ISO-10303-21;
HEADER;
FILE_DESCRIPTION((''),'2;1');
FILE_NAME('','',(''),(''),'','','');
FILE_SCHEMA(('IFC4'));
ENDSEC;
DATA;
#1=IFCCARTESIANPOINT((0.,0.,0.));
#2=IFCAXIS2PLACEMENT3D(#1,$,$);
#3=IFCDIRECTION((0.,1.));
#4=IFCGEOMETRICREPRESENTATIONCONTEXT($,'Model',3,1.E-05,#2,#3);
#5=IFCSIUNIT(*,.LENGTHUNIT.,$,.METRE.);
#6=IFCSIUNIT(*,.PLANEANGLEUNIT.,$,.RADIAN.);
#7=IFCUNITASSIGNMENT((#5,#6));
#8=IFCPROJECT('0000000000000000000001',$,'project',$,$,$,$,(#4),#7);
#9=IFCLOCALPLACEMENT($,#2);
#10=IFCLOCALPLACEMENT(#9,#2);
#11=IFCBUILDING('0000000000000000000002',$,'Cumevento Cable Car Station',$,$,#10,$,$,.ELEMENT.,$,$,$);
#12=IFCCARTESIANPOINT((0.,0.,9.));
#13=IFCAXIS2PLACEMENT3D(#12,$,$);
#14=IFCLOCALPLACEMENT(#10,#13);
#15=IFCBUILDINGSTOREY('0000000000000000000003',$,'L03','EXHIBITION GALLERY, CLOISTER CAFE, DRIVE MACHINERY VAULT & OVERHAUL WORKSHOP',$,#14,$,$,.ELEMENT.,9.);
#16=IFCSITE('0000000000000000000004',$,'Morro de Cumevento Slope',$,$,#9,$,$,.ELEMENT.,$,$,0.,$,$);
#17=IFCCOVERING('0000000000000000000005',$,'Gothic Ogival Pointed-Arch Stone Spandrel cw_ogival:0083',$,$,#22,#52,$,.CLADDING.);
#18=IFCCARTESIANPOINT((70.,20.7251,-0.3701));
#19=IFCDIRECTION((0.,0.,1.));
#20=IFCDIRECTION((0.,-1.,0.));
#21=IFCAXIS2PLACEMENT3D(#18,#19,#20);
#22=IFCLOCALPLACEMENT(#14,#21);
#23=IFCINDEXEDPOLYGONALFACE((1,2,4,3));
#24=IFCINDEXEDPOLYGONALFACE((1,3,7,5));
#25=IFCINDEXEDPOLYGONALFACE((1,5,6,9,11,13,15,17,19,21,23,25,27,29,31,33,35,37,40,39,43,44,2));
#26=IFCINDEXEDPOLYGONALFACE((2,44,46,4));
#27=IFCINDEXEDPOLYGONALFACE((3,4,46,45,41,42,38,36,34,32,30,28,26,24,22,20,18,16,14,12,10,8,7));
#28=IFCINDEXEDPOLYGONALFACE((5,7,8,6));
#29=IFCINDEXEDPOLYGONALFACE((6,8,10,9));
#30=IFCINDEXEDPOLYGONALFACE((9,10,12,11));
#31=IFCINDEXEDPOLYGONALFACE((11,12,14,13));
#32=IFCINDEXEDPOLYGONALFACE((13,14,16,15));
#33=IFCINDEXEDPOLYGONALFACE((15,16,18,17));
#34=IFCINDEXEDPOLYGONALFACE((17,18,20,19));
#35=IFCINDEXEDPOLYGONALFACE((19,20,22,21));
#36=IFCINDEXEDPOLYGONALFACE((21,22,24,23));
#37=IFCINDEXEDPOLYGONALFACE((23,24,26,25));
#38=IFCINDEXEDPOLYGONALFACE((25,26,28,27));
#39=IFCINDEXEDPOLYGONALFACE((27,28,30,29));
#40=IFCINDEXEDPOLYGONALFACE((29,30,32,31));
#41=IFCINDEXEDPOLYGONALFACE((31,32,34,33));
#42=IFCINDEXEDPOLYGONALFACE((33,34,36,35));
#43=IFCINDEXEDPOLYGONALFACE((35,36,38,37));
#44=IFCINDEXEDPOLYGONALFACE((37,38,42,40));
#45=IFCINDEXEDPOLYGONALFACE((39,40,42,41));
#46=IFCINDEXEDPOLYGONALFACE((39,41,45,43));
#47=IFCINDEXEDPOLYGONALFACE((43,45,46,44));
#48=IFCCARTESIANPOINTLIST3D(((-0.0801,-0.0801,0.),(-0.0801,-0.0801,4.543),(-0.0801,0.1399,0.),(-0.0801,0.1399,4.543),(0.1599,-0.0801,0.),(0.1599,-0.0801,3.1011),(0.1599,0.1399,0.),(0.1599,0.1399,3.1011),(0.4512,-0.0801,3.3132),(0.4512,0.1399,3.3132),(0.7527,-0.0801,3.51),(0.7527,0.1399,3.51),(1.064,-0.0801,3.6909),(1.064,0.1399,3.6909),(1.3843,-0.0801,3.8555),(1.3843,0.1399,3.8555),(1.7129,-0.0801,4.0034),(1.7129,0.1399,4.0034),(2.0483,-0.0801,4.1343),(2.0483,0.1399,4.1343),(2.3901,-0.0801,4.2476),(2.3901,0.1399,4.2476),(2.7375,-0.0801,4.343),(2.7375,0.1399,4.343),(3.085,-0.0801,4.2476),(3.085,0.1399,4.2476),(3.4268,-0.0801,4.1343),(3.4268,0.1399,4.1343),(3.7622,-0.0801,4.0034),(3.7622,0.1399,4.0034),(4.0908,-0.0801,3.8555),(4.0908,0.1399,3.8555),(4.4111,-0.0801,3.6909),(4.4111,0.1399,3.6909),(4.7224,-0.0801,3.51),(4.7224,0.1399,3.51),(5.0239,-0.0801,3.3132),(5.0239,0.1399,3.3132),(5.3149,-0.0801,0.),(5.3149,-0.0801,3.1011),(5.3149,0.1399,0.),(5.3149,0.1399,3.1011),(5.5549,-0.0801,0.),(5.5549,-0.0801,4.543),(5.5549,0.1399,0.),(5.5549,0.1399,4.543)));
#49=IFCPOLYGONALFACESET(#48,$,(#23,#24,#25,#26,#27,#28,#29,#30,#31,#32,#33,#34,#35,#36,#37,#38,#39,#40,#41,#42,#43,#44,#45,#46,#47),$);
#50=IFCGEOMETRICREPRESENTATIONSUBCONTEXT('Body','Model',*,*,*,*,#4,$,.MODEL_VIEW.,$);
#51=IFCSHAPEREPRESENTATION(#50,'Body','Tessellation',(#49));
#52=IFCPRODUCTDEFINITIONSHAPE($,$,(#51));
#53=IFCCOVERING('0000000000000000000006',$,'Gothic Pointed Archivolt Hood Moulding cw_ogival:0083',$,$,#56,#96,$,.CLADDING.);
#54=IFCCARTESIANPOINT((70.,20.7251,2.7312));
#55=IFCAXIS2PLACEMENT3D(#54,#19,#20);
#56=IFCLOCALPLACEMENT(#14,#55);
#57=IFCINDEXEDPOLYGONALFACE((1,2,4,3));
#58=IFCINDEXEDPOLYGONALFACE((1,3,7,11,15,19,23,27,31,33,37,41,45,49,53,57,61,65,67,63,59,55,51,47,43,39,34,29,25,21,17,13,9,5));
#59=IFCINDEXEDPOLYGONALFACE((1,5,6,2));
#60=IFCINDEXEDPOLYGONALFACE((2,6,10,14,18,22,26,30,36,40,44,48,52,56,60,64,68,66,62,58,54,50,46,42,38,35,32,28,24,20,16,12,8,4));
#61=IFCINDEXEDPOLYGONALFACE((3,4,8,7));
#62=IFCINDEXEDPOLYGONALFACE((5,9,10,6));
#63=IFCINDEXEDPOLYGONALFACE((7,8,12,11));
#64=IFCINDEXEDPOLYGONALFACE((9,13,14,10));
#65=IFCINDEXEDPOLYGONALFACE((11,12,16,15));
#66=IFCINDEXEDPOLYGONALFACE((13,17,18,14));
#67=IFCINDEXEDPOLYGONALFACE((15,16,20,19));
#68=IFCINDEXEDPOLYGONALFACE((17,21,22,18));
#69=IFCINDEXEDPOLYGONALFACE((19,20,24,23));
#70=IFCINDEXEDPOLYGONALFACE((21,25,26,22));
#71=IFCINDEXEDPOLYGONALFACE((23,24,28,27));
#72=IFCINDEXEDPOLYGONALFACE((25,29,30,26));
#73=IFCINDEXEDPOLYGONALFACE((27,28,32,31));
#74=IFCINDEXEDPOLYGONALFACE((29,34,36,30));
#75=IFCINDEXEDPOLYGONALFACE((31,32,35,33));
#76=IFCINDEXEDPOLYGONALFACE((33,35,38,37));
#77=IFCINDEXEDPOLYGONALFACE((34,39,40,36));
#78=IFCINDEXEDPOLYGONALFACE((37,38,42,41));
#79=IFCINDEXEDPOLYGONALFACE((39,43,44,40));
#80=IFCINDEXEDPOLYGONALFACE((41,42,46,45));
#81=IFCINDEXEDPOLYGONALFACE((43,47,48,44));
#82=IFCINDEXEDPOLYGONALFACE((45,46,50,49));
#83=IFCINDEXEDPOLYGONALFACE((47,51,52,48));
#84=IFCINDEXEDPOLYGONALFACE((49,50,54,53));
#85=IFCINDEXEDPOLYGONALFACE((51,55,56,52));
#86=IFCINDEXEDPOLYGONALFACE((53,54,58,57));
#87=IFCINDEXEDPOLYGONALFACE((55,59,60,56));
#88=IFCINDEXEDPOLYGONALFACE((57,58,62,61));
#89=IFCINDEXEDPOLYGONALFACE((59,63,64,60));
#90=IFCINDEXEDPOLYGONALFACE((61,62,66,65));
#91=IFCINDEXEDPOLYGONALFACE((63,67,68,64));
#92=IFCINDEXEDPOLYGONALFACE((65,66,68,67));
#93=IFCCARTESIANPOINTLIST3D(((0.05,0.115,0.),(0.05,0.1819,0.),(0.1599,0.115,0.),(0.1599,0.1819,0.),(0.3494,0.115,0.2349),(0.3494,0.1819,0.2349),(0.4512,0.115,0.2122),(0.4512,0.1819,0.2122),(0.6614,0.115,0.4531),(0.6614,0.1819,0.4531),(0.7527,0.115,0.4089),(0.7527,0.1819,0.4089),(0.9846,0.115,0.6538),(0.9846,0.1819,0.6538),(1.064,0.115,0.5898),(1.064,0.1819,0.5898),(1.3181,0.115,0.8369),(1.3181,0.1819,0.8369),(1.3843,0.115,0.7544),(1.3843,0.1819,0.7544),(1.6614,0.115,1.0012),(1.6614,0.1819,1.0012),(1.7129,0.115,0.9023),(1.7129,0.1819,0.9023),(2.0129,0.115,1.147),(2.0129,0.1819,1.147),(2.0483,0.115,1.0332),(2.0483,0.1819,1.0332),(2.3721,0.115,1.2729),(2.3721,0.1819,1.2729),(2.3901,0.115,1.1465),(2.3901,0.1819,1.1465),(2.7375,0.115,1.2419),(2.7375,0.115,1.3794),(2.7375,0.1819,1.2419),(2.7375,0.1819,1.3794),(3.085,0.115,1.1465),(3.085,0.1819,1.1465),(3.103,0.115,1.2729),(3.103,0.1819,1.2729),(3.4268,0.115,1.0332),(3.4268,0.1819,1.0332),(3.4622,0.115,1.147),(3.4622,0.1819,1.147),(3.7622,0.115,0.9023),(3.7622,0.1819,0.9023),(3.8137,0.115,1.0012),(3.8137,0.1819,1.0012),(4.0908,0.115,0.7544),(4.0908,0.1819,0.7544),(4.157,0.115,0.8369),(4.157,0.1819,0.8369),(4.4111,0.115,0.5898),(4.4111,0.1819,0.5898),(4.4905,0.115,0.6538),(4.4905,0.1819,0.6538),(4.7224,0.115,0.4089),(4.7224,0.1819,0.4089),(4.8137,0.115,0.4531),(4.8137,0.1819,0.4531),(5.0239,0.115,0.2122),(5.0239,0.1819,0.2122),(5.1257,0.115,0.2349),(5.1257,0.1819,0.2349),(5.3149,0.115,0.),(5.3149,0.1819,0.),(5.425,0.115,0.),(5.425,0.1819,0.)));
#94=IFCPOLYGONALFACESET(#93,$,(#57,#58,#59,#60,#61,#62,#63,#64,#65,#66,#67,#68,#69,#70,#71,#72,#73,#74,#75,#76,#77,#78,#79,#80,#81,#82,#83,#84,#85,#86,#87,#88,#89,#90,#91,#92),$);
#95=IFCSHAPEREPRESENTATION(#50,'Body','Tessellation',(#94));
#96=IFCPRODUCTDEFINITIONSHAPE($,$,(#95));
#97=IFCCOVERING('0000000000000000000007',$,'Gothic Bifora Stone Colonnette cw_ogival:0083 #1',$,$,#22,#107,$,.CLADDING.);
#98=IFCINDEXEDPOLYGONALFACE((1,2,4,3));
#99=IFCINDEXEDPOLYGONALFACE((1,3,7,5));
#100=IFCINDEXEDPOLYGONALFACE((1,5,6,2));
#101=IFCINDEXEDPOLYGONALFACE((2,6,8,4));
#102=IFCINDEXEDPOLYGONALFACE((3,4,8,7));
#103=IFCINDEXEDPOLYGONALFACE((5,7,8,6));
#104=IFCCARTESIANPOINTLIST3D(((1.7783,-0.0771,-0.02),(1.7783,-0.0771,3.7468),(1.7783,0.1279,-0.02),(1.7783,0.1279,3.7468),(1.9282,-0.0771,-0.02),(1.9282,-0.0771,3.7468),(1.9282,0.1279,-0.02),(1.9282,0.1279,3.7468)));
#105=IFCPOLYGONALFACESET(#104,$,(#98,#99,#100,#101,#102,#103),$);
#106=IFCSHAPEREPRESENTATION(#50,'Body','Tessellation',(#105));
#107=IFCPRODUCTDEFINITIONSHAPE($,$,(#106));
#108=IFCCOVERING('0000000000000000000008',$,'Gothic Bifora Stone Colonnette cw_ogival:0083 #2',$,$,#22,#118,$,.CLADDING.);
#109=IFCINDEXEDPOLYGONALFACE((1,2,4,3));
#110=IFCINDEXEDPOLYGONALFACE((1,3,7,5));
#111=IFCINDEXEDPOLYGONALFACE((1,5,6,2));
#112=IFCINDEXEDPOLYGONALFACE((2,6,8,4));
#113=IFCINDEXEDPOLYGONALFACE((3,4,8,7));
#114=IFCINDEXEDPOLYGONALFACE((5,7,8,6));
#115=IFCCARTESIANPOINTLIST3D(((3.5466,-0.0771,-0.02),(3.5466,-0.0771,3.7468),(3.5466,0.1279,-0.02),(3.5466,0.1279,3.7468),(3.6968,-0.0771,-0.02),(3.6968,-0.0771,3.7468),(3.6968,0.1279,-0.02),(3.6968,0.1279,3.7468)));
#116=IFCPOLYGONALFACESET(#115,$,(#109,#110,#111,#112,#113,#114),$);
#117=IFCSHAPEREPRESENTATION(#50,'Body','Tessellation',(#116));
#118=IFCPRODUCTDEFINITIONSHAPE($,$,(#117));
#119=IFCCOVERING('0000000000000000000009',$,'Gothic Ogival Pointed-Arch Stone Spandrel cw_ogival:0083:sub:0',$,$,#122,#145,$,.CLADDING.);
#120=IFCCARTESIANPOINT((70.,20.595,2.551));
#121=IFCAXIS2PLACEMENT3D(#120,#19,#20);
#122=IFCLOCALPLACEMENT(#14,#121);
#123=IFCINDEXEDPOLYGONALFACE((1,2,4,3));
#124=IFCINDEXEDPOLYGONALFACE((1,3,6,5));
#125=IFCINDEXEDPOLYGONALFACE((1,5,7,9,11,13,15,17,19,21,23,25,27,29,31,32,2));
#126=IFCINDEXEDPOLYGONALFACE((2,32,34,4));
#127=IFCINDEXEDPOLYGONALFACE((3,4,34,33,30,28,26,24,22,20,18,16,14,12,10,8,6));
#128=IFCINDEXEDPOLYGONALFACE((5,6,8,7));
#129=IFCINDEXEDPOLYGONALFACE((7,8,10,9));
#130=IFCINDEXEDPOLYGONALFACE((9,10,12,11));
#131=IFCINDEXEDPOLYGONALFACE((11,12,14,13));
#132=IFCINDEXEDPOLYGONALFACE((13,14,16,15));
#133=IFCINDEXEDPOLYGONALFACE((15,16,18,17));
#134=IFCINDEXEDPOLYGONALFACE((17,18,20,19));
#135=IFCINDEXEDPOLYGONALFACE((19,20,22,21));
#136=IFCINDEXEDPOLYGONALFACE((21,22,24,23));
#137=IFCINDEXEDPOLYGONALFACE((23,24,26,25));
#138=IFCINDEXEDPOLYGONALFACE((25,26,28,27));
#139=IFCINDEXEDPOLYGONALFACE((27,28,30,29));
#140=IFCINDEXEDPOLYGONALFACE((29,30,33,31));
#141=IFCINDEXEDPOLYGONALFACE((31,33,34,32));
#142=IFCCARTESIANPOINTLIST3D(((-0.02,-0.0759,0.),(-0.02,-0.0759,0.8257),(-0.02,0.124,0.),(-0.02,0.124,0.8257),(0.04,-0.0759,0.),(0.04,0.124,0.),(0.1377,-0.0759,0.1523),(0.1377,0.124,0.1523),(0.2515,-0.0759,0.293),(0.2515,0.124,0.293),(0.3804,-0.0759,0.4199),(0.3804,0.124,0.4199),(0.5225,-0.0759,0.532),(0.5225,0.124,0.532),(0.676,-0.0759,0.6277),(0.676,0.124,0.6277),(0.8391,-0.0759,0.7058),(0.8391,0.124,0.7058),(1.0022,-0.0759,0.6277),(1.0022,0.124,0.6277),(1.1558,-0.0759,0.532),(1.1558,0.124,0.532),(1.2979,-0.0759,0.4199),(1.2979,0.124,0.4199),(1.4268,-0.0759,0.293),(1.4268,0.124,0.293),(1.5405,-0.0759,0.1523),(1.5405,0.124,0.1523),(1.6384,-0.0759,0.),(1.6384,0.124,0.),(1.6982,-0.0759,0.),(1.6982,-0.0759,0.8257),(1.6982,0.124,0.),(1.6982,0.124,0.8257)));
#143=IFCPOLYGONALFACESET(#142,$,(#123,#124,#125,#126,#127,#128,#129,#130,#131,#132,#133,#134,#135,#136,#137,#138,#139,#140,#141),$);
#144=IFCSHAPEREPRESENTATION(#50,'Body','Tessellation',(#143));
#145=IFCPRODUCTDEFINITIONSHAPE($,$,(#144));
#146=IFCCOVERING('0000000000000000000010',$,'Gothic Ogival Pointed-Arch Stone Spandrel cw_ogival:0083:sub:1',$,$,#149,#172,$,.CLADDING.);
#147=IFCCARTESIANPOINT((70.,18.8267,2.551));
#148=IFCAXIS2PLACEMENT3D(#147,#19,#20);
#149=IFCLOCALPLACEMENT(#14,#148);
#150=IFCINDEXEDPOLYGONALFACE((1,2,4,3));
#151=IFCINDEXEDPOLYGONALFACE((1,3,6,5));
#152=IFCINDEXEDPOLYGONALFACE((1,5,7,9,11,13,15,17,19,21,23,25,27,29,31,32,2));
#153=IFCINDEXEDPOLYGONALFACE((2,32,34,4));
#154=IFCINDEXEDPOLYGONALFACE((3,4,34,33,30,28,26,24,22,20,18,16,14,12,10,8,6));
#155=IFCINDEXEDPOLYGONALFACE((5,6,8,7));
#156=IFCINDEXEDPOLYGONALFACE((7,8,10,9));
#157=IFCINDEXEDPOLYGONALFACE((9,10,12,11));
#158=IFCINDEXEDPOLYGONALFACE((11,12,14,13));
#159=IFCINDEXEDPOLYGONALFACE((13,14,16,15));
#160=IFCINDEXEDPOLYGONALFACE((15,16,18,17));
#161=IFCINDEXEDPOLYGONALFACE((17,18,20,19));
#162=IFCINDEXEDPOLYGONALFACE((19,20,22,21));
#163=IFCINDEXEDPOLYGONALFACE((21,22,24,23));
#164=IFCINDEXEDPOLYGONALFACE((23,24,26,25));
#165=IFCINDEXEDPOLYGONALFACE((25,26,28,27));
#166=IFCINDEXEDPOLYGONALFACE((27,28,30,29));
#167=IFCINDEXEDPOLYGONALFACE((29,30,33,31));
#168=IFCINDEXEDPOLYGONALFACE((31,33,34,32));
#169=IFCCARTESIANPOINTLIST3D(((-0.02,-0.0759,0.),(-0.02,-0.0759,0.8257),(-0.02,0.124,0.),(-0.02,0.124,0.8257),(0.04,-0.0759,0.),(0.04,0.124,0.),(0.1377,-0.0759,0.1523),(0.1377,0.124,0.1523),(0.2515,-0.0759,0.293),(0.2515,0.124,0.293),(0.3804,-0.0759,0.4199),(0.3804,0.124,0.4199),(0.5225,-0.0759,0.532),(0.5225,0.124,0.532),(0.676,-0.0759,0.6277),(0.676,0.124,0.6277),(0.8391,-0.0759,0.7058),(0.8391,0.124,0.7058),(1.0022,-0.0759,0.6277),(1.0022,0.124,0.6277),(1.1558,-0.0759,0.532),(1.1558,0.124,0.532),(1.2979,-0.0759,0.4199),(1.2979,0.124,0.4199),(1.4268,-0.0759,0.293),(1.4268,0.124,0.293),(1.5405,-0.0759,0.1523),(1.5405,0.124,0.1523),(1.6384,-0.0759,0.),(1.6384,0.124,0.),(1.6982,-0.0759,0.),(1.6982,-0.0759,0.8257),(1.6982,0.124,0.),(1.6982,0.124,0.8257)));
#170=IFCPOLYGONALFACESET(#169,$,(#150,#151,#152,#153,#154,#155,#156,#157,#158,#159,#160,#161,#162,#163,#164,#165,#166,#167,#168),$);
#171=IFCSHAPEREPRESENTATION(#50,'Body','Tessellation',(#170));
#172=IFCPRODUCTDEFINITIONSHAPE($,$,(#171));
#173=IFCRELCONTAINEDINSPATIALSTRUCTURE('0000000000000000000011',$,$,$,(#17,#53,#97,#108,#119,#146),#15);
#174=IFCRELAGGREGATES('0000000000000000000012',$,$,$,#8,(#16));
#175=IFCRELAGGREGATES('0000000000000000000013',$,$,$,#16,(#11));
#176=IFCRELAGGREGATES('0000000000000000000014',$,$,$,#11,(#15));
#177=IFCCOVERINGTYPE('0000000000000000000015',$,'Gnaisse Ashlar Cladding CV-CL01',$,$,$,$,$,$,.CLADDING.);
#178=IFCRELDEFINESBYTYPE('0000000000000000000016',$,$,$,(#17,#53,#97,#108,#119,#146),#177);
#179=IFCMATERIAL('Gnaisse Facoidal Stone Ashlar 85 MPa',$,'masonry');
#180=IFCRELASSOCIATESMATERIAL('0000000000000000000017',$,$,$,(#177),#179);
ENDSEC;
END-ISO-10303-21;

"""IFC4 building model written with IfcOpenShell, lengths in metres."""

from ifc_helpers import new_model, si_unit, direction, frame, origin, place, context, subcontext, project, spatial, polyline, outline, extrude, material, type_object, element, save


model = new_model("IFC4")

# Units and contexts
model_context = context("Model", 3, precision=1e-05, world=origin(), true_north=direction((0.0, 1.0)))
body_context = subcontext(model_context, "Body", "Model", "MODEL_VIEW")
ifc_project = project(units=[si_unit("LENGTHUNIT", "METRE"), si_unit("PLANEANGLEUNIT", "RADIAN")], contexts=[model_context])

# Site, building, storey
site_placement = place(None, origin())
site = spatial("IfcSite", under=ifc_project, at=site_placement, Name="Morro de Cumevento Slope", CompositionType="ELEMENT", RefElevation=0.0)
building_placement = place(site_placement, origin())
building = spatial("IfcBuilding", under=site, at=building_placement, Name="Cumevento Cable Car Station", CompositionType="ELEMENT")
storey_placement = place(building_placement, frame((0.0, 0.0, 9.0)))
storey = spatial("IfcBuildingStorey", under=building, at=storey_placement, Name="L03", Description="EXHIBITION GALLERY, CLOISTER CAFE, DRIVE MACHINERY VAULT & OVERHAUL WORKSHOP", CompositionType="ELEMENT", Elevation=9.0)

# Coverings
ifc_material_1 = material(Name="Gnaisse Facoidal Stone Ashlar 85 MPa", Category="masonry")
covering_type = type_object("IfcCoveringType", Name="Gnaisse Ashlar Cladding CV-CL01", PredefinedType="CLADDING", material=ifc_material_1)
placement = place(storey_placement, frame((70.0, 20.7251, -0.3701), z_axis=(0.0, 0.0, 1.0), x_axis=(0.0, -1.0, 0.0)))
element("IfcCovering", 1, at=placement, inside=storey, type_object=covering_type, Name="Gothic Ogival Pointed-Arch Stone Spandrel cw_ogival:0083", PredefinedType="CLADDING", context=body_context, shape_type="SweptSolid", body=[
    extrude(outline(polyline([(-0.0801, 0.0), (-0.0801, 4.543), (5.5549, 4.543), (5.5549, 0.0), (5.3149, 0.0), (5.3149, 3.1011), (5.0239, 3.3132), (4.7224, 3.51), (4.4111, 3.6909), (4.0908, 3.8555), (3.7622, 4.0034), (3.4268, 4.1343), (3.085, 4.2476), (2.7375, 4.343), (2.3901, 4.2476), (2.0483, 4.1343), (1.7129, 4.0034), (1.3843, 3.8555), (1.064, 3.6909), (0.7527, 3.51), (0.4512, 3.3132), (0.1599, 3.1011), (0.1599, 0.0), (-0.0801, 0.0)])), frame((0.0, 0.1399, 0.0), z_axis=(0.0, -1.0, 0.0), x_axis=(1.0, 0.0, 0.0)), (0.0, 0.0, 1.0), 0.22),
])
covering_1_placement = place(storey_placement, frame((70.0, 20.7251, 2.7312), z_axis=(0.0, 0.0, 1.0), x_axis=(0.0, -1.0, 0.0)))
element("IfcCovering", 2, at=covering_1_placement, inside=storey, type_object=covering_type, Name="Gothic Pointed Archivolt Hood Moulding cw_ogival:0083", PredefinedType="CLADDING", context=body_context, shape_type="SweptSolid", body=[
    extrude(outline(polyline([(0.1599, 0.0), (0.4512, 0.2122), (0.7527, 0.4089), (1.064, 0.5898), (1.3843, 0.7544), (1.7129, 0.9023), (2.0483, 1.0332), (2.3901, 1.1465), (2.7375, 1.2419), (3.085, 1.1465), (3.4268, 1.0332), (3.7622, 0.9023), (4.0908, 0.7544), (4.4111, 0.5898), (4.7224, 0.4089), (5.0239, 0.2122), (5.3149, 0.0), (5.425, 0.0), (5.1257, 0.2349), (4.8137, 0.4531), (4.4905, 0.6538), (4.157, 0.8369), (3.8137, 1.0012), (3.4622, 1.147), (3.103, 1.2729), (2.7375, 1.3794), (2.3721, 1.2729), (2.0129, 1.147), (1.6614, 1.0012), (1.3181, 0.8369), (0.9846, 0.6538), (0.6614, 0.4531), (0.3494, 0.2349), (0.05, 0.0), (0.1599, 0.0)])), frame((0.0, 0.1819, 0.0), z_axis=(0.0, -1.0, 0.0), x_axis=(1.0, 0.0, 0.0)), (0.0, 0.0, 1.0), 0.0669),
])
element("IfcCovering", 3, at=placement, inside=storey, type_object=covering_type, Name="Gothic Bifora Stone Colonnette cw_ogival:0083 #1", PredefinedType="CLADDING", context=body_context, shape_type="SweptSolid", body=[
    extrude(outline(polyline([(1.7783, -0.02), (1.9282, -0.02), (1.9282, 3.7468), (1.7783, 3.7468), (1.7783, -0.02)])), frame((0.0, 0.1279, 0.0), z_axis=(0.0, -1.0, 0.0), x_axis=(1.0, 0.0, 0.0)), (0.0, 0.0, 1.0), 0.2051),
])
element("IfcCovering", 4, at=placement, inside=storey, type_object=covering_type, Name="Gothic Bifora Stone Colonnette cw_ogival:0083 #2", PredefinedType="CLADDING", context=body_context, shape_type="SweptSolid", body=[
    extrude(outline(polyline([(3.5466, -0.02), (3.6968, -0.02), (3.6968, 3.7468), (3.5466, 3.7468), (3.5466, -0.02)])), frame((0.0, 0.1279, 0.0), z_axis=(0.0, -1.0, 0.0), x_axis=(1.0, 0.0, 0.0)), (0.0, 0.0, 1.0), 0.2051),
])
for number, where, z_axis, x_axis, name in (
    (5, (70.0, 20.595, 2.551), (0.0, 0.0, 1.0), (0.0, -1.0, 0.0), "Gothic Ogival Pointed-Arch Stone Spandrel cw_ogival:0083:sub:0"),
    (6, (70.0, 18.8267, 2.551), (0.0, 0.0, 1.0), (0.0, -1.0, 0.0), "Gothic Ogival Pointed-Arch Stone Spandrel cw_ogival:0083:sub:1"),
):
    element("IfcCovering", number, at=place(storey_placement, frame(where, z_axis=z_axis, x_axis=x_axis)), inside=storey, type_object=covering_type, Name=name, PredefinedType="CLADDING", context=body_context, shape_type="SweptSolid", body=[
        extrude(outline(polyline([(-0.02, 0.0), (-0.02, 0.8257), (1.6982, 0.8257), (1.6982, 0.0), (1.6384, 0.0), (1.5405, 0.1523), (1.4268, 0.293), (1.2979, 0.4199), (1.1558, 0.532), (1.0022, 0.6277), (0.8391, 0.7058), (0.676, 0.6277), (0.5225, 0.532), (0.3804, 0.4199), (0.2515, 0.293), (0.1377, 0.1523), (0.04, 0.0), (-0.02, 0.0)])), frame((0.0, 0.124, 0.0), z_axis=(0.0, -1.0, 0.0), x_axis=(1.0, 0.0, 0.0)), (0.0, 0.0, 1.0), 0.2),
    ])

save(model, "model.ifc")
